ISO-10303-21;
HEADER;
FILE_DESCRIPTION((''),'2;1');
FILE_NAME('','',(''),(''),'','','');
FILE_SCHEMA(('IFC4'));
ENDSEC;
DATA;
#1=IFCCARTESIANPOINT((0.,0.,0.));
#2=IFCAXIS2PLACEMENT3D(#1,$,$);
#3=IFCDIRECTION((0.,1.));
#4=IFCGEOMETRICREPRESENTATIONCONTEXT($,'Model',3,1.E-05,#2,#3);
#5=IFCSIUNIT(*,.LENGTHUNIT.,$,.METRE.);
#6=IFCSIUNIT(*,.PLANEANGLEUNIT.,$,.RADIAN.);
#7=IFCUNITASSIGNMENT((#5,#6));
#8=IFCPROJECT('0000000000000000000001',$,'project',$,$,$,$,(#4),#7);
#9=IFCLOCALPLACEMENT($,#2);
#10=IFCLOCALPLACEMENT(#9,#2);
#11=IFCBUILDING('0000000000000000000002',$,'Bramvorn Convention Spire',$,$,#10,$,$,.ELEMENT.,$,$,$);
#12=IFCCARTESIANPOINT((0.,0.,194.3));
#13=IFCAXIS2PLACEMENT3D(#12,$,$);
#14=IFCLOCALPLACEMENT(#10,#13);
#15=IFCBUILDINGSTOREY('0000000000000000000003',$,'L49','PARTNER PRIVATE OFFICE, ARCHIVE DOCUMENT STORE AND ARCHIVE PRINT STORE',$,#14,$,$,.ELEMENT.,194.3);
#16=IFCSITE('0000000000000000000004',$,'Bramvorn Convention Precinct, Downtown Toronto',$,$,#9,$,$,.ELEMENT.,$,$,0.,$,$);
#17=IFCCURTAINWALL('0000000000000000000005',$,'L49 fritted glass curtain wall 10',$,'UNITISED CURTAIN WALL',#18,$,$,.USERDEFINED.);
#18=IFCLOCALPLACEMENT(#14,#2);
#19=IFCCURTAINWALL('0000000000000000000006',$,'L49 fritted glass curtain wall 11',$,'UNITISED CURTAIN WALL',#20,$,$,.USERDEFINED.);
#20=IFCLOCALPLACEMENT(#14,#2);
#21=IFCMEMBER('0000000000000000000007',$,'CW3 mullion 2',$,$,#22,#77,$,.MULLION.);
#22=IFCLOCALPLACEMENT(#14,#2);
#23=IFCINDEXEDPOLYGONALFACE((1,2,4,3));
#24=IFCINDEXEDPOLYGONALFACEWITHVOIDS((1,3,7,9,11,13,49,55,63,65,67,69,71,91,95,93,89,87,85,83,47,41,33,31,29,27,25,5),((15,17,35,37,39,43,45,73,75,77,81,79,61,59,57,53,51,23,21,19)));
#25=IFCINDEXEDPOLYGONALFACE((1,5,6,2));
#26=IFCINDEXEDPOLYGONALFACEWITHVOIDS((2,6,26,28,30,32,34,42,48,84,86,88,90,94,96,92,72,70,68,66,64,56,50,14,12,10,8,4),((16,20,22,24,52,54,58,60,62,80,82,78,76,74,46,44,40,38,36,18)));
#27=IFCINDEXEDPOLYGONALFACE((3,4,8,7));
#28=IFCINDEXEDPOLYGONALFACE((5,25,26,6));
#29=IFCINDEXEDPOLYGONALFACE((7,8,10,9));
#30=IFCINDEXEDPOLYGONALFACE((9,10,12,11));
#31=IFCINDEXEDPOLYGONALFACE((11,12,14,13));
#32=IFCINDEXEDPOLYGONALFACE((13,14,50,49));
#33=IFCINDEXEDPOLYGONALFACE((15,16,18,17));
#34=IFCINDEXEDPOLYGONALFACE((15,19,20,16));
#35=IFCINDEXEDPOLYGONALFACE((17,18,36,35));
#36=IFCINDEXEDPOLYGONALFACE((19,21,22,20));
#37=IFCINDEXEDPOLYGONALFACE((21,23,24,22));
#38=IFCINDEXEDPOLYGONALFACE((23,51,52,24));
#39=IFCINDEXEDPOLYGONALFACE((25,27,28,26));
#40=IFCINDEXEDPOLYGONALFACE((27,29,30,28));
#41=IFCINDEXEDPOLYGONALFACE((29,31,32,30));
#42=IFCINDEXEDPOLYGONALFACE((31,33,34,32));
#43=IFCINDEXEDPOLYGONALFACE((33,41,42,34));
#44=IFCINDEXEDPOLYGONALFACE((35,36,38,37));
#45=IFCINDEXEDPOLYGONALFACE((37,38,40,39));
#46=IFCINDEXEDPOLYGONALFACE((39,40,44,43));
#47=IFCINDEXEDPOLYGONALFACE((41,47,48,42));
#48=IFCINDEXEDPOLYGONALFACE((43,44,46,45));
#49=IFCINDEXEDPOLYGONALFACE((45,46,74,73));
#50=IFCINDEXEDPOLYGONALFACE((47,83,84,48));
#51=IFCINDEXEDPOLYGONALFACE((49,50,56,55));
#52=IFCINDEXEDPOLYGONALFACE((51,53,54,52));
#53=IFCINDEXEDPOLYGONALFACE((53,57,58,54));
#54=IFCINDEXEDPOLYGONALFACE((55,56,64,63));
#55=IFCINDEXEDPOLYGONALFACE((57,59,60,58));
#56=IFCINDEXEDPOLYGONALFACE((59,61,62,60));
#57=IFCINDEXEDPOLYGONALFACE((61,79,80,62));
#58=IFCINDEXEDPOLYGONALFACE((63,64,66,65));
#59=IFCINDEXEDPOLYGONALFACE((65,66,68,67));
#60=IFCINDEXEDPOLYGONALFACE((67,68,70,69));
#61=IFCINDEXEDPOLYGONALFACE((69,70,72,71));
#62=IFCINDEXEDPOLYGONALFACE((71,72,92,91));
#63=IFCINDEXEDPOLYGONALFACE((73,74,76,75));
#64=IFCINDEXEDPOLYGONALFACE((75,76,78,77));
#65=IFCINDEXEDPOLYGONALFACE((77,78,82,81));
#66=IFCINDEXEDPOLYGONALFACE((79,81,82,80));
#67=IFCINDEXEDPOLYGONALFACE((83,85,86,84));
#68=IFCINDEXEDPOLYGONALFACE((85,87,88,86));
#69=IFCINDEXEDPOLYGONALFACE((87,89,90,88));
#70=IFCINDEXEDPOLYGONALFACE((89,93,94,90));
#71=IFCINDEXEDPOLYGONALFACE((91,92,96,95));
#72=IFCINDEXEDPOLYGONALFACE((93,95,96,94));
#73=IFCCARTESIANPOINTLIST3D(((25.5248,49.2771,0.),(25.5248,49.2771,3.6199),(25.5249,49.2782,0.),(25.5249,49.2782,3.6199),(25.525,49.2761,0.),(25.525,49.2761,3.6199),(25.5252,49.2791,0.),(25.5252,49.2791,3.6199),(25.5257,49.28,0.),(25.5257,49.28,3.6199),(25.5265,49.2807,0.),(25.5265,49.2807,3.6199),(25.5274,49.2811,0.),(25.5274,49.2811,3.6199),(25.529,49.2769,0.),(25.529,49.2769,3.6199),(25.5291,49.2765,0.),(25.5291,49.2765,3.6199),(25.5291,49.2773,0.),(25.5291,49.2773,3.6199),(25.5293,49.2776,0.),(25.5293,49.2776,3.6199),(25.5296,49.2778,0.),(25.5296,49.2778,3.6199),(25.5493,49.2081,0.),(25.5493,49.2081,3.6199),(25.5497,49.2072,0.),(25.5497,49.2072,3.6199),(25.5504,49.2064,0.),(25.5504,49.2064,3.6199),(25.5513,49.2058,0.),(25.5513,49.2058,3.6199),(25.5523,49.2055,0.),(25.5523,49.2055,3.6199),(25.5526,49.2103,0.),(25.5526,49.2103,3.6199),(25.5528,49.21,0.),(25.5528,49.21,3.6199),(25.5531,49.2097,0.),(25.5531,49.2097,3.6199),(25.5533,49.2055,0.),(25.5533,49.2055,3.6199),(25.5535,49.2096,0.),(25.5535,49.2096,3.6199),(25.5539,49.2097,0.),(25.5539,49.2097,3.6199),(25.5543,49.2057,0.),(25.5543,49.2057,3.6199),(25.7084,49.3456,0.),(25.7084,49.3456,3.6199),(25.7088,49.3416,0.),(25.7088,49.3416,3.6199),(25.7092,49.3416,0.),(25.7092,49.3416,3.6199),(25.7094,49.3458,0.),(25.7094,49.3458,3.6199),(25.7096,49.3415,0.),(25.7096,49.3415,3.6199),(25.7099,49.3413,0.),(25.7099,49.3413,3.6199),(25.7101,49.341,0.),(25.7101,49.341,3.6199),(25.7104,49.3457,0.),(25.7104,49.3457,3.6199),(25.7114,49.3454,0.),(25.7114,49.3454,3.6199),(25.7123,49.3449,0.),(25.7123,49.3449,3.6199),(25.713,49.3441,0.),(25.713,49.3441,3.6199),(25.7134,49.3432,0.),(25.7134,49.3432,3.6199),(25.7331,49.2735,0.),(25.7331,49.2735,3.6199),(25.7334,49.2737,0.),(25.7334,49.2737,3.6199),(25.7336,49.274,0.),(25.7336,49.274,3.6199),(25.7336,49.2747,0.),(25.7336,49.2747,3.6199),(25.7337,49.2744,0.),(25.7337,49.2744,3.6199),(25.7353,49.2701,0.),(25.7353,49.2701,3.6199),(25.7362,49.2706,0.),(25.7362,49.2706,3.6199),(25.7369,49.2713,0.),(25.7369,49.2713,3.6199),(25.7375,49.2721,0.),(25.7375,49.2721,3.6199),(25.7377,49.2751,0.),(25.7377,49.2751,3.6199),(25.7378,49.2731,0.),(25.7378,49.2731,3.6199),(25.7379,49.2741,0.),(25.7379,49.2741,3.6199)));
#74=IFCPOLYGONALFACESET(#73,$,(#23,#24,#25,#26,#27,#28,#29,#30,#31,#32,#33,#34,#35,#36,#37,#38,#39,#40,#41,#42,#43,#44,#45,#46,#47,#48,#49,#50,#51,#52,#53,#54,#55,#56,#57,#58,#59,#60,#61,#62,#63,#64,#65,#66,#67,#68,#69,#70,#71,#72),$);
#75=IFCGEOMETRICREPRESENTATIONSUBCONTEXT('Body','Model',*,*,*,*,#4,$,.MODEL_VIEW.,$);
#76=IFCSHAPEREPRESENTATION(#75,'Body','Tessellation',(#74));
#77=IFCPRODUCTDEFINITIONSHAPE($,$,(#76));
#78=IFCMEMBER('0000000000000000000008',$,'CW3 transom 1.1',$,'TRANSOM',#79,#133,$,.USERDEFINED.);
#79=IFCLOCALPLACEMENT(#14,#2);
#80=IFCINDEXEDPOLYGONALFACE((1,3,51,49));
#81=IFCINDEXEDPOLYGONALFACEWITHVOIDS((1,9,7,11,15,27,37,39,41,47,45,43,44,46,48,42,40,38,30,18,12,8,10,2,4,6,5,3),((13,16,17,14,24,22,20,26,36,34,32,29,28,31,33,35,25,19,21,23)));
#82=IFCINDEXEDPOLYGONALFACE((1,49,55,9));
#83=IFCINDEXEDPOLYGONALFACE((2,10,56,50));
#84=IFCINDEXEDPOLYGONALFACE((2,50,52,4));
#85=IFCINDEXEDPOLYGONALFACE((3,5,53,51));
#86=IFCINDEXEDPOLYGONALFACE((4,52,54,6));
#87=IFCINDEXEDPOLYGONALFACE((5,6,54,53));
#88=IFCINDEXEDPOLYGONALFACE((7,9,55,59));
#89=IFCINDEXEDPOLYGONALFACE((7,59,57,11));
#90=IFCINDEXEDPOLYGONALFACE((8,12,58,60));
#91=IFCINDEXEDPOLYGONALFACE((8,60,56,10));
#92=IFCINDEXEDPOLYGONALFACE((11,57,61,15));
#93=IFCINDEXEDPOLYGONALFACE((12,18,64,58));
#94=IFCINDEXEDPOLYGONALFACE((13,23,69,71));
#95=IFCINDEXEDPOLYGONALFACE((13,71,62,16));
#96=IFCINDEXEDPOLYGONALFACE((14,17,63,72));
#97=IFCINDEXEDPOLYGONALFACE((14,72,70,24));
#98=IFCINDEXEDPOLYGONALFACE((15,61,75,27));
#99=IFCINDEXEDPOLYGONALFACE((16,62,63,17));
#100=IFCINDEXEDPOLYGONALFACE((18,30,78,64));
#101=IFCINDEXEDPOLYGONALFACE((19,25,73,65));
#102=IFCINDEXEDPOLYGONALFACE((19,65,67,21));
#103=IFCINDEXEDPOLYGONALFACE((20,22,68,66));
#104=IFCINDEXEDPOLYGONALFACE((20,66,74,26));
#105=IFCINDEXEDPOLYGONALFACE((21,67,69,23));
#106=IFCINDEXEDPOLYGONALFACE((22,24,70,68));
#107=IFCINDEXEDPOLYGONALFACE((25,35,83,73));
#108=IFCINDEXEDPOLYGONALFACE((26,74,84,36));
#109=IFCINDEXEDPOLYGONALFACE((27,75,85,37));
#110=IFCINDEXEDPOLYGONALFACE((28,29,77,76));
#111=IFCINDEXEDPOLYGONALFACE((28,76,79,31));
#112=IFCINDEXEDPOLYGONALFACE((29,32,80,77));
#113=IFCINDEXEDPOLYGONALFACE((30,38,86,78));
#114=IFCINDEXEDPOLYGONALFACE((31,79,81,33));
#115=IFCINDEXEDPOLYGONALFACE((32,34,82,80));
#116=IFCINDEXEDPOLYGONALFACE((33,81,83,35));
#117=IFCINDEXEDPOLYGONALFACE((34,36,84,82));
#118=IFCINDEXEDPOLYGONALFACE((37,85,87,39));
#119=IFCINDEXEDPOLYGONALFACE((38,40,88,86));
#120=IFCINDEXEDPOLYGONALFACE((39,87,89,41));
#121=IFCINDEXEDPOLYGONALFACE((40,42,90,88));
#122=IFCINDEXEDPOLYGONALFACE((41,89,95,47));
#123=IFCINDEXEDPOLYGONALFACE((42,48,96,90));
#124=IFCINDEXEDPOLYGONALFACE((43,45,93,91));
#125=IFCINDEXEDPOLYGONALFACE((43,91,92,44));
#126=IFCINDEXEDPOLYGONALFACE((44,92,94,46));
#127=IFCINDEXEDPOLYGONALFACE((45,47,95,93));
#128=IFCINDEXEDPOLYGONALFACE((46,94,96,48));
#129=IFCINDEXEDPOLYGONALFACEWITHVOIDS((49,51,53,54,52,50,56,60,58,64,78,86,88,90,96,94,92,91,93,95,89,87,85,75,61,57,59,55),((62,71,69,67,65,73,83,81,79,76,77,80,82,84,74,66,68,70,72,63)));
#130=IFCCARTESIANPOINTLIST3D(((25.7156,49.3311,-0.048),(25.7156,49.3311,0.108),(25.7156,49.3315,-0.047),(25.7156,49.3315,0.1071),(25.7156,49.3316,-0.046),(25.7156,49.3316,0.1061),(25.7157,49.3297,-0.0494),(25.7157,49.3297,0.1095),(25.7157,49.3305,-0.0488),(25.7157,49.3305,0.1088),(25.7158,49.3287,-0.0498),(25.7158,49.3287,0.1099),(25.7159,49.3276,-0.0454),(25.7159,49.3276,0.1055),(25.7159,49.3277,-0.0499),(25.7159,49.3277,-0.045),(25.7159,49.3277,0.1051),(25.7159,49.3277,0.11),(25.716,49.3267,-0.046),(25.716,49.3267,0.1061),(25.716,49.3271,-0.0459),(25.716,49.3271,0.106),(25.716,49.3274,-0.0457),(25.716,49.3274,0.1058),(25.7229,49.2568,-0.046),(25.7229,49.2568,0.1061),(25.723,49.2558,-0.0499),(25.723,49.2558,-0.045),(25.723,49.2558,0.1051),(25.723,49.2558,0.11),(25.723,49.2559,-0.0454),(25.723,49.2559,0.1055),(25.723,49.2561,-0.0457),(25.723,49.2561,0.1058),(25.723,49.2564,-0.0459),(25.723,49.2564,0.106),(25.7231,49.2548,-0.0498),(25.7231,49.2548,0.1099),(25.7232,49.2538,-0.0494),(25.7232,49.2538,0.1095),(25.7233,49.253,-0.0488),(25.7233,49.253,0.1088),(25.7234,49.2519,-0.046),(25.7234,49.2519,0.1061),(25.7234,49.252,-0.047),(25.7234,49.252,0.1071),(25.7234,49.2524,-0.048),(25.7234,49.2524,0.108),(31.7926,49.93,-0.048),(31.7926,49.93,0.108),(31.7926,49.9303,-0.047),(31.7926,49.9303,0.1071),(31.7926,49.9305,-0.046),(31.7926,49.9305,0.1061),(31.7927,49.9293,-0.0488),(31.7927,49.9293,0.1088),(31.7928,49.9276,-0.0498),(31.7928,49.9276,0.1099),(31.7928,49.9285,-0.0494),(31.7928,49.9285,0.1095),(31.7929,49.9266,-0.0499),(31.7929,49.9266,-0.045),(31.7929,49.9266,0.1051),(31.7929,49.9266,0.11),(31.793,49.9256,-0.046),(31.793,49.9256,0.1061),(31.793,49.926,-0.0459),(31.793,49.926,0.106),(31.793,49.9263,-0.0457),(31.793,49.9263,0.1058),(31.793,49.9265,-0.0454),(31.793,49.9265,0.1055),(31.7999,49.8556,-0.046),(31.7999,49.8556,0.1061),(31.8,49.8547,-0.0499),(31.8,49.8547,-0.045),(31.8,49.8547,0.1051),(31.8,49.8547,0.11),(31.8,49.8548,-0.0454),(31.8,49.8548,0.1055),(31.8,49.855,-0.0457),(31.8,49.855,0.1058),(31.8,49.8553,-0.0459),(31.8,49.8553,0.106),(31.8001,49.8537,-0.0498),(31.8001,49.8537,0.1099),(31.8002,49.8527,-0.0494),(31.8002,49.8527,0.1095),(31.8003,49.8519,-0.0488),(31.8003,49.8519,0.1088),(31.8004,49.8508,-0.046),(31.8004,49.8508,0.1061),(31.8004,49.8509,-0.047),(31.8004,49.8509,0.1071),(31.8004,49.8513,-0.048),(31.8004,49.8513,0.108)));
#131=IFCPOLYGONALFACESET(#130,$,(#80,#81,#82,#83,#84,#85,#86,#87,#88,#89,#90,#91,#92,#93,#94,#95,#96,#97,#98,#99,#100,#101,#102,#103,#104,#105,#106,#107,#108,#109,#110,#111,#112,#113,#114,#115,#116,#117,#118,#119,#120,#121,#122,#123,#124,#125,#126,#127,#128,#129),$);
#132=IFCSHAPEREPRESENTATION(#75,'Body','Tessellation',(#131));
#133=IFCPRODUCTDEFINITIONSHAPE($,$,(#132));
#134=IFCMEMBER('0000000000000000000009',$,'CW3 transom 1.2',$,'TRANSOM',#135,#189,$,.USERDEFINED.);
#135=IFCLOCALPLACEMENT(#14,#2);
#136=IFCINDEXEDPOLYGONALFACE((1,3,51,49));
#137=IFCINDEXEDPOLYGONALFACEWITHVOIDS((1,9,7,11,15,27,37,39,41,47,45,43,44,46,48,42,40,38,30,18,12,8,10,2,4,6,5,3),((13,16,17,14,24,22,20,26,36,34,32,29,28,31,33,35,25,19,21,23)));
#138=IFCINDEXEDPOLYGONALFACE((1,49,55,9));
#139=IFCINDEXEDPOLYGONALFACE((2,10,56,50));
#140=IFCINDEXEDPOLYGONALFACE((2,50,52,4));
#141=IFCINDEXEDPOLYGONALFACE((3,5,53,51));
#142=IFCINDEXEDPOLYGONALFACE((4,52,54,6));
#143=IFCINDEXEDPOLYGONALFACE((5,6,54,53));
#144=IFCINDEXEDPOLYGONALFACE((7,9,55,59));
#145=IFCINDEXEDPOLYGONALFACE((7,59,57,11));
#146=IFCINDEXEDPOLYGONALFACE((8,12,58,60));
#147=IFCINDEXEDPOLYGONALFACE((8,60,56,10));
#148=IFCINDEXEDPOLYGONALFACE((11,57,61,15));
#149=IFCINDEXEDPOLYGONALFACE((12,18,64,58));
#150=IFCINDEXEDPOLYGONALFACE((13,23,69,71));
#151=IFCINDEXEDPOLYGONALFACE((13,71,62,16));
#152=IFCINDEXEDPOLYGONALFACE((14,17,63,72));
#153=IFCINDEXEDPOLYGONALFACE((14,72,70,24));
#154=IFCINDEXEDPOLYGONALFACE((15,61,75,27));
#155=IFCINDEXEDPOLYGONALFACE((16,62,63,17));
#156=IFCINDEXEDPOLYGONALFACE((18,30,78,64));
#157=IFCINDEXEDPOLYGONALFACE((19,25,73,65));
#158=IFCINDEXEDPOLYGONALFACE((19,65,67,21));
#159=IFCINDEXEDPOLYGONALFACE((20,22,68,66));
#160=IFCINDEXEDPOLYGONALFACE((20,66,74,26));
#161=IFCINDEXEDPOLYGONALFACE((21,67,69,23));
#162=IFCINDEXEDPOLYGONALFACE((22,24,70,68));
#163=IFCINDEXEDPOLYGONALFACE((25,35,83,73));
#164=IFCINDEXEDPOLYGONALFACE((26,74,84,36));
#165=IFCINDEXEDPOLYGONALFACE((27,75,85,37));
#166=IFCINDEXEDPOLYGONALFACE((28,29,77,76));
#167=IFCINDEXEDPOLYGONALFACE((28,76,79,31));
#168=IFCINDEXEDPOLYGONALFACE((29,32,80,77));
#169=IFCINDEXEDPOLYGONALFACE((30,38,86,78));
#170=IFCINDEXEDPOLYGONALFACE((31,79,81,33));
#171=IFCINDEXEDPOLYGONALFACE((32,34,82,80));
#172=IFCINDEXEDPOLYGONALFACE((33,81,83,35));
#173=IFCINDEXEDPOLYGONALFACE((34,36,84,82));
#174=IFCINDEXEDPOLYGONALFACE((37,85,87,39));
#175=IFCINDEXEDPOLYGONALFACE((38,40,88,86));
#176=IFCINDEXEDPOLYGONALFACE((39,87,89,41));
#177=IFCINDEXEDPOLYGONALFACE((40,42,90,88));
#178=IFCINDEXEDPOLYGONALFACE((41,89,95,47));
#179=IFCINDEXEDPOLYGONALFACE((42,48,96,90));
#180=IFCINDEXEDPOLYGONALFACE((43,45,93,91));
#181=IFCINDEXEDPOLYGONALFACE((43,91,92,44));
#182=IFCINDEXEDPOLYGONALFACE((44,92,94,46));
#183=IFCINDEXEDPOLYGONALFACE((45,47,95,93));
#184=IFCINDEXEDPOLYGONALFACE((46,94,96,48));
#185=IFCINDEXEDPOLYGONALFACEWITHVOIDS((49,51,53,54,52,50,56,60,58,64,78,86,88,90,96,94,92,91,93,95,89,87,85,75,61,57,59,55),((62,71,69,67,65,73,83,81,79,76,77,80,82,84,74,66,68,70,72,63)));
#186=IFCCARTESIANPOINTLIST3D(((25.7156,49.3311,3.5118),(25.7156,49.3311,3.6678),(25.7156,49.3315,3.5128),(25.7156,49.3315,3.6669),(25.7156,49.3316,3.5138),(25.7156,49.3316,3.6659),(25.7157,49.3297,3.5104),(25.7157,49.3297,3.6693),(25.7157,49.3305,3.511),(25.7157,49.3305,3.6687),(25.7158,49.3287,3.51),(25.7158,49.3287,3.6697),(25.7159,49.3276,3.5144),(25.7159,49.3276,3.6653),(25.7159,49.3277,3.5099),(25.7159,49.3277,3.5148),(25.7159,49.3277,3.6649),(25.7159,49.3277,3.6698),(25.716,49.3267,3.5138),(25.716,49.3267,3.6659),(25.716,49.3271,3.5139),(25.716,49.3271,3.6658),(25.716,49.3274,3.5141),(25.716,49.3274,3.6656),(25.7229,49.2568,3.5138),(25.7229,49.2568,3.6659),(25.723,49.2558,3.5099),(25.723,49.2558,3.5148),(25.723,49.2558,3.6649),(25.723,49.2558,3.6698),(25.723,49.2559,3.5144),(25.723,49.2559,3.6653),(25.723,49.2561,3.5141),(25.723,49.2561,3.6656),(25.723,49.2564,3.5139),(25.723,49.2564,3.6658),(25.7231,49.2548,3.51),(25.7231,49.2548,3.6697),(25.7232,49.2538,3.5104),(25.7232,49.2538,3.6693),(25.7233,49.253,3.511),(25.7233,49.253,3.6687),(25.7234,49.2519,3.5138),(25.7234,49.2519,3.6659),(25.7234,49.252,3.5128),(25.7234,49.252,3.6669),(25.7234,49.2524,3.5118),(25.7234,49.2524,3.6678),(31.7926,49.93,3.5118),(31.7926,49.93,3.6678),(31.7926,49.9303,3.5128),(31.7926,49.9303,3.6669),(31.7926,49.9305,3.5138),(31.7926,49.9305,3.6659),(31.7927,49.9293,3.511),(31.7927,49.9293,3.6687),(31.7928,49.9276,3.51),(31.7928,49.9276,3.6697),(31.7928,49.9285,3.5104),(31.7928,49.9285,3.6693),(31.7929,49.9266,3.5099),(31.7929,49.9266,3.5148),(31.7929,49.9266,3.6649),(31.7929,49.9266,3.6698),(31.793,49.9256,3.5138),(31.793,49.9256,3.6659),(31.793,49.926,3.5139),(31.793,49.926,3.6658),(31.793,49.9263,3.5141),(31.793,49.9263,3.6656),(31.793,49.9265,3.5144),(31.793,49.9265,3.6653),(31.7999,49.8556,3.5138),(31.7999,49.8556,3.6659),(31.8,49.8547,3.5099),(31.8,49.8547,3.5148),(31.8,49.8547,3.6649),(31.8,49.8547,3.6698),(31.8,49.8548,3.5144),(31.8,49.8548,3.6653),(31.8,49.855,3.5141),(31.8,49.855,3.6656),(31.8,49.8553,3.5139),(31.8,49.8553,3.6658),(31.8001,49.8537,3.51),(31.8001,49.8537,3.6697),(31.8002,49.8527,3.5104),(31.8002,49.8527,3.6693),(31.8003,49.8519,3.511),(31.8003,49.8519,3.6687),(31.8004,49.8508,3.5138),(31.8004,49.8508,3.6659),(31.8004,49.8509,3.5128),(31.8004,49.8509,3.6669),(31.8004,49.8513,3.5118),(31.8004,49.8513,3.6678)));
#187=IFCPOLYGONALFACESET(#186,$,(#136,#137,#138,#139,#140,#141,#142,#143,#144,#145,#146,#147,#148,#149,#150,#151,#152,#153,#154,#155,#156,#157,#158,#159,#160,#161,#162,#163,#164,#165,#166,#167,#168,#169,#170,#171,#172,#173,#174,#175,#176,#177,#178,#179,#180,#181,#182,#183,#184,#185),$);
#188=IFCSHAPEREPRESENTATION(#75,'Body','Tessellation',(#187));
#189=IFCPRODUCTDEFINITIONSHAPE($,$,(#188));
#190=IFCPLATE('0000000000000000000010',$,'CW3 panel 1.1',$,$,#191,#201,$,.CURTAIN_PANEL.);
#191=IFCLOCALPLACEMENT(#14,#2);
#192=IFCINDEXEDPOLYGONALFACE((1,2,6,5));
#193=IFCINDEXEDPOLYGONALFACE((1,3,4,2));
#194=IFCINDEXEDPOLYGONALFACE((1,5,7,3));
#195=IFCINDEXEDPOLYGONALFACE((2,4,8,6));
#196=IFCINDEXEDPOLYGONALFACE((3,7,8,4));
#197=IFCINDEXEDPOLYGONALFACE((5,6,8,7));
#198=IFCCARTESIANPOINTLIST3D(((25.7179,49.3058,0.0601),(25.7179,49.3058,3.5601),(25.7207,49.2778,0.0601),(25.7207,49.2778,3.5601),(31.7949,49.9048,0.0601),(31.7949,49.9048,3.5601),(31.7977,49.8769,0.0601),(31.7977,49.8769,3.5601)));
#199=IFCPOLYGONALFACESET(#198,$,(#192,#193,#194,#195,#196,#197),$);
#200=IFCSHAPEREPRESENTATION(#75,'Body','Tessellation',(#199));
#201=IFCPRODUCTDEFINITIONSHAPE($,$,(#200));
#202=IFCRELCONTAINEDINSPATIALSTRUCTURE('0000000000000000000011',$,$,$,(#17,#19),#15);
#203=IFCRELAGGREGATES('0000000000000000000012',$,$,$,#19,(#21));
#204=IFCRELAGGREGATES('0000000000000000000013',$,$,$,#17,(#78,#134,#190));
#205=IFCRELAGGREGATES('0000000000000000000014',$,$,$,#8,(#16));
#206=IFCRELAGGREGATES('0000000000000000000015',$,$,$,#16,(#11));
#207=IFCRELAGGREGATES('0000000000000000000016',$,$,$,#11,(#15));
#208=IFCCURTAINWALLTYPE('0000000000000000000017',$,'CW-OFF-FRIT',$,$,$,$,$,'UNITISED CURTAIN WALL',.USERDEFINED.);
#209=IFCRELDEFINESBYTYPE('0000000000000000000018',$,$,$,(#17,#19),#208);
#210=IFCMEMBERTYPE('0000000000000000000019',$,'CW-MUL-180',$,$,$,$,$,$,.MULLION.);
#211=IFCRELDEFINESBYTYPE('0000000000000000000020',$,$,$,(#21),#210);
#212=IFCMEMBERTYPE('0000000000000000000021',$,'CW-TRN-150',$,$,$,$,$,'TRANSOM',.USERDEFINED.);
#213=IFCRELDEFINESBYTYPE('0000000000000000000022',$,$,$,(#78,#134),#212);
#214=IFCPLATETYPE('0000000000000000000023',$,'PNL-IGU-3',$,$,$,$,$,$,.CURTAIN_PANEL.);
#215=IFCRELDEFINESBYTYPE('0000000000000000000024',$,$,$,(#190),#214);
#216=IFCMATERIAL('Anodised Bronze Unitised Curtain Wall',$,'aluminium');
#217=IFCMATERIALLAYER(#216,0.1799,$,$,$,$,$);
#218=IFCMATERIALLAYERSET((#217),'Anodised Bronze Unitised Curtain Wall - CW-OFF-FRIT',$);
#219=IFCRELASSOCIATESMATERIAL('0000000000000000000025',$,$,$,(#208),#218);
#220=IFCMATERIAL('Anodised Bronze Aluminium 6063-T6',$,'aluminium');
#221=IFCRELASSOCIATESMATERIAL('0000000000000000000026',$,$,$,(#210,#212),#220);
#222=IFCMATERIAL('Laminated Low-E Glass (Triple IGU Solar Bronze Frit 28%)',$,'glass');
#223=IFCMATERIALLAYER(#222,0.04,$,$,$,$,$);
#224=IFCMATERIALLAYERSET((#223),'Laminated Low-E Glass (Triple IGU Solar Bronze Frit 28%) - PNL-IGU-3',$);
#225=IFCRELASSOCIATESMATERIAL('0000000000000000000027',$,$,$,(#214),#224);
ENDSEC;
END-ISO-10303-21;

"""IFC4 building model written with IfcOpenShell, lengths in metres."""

from ifc_helpers import new_model, si_unit, direction, frame, origin, origin_2d, place, context, subcontext, project, spatial, rectangle, hollow_rectangle, extrude, material, layer, layer_set, material_profile, profile_set, type_object, element, aggregate, save


model = new_model("IFC4")

# Units and contexts
model_context = context("Model", 3, precision=1e-05, world=origin(), true_north=direction((0.0, 1.0)))
body_context = subcontext(model_context, "Body", "Model", "MODEL_VIEW")
ifc_project = project(units=[si_unit("LENGTHUNIT", "METRE"), si_unit("PLANEANGLEUNIT", "RADIAN")], contexts=[model_context])

# Site, building, storey
site_placement = place(None, origin())
site = spatial("IfcSite", under=ifc_project, at=site_placement, Name="Bramvorn Convention Precinct, Downtown Toronto", CompositionType="ELEMENT", RefElevation=0.0)
building_placement = place(site_placement, origin())
building = spatial("IfcBuilding", under=site, at=building_placement, Name="Bramvorn Convention Spire", CompositionType="ELEMENT")
storey_placement = place(building_placement, frame((0.0, 0.0, 194.3)))
storey = spatial("IfcBuildingStorey", under=building, at=storey_placement, Name="L49", Description="PARTNER PRIVATE OFFICE, ARCHIVE DOCUMENT STORE AND ARCHIVE PRINT STORE", CompositionType="ELEMENT", Elevation=194.3)

# Curtain wall
ifc_material_1 = material(Name="Anodised Bronze Unitised Curtain Wall", Category="aluminium")
ifc_layer_1 = layer(ifc_material_1, 0.1799)
ifc_layer_set_1 = layer_set([ifc_layer_1], Name="Anodised Bronze Unitised Curtain Wall - CW-OFF-FRIT")
curtain_wall_type = type_object("IfcCurtainWallType", Name="CW-OFF-FRIT", ElementType="UNITISED CURTAIN WALL", PredefinedType="USERDEFINED", material=ifc_layer_set_1)
curtain_wall_1_placement = place(storey_placement, origin())
curtain_wall_1 = element("IfcCurtainWall", 1, at=curtain_wall_1_placement, inside=storey, type_object=curtain_wall_type, Name="L49 fritted glass curtain wall 10", ObjectType="UNITISED CURTAIN WALL", PredefinedType="USERDEFINED")
ifc_material_2 = material(Name="Anodised Bronze Aluminium 6063-T6", Category="aluminium")
ifc_material_profile_1 = material_profile(ifc_material_2, hollow_rectangle(XDim=0.0801, YDim=0.2, WallThickness=0.0039, InnerFilletRadius=0.001, OuterFilletRadius=0.0039, at=origin_2d()))
ifc_profile_set_1 = profile_set([ifc_material_profile_1], Name="Anodised Bronze Aluminium 6063-T6 - CWM80X200")
member_type_1 = type_object("IfcMemberType", Name="CW-MUL-180", PredefinedType="MULLION", material=ifc_profile_set_1)

# Curtain wall, member
curtain_wall_2_placement = place(storey_placement, origin())
curtain_wall_2 = element("IfcCurtainWall", 2, at=curtain_wall_2_placement, inside=storey, type_object=curtain_wall_type, Name="L49 fritted glass curtain wall 11", ObjectType="UNITISED CURTAIN WALL", PredefinedType="USERDEFINED")
member_1_placement = place(storey_placement, frame((25.6313, 49.2756, 0.0), z_axis=(0.0, 0.0, 1.0), x_axis=(-0.335378, 0.942084, 0.0)))
member_1 = element("IfcMember", 3, at=member_1_placement, type_object=member_type_1, Name="CW3 mullion 2", PredefinedType="MULLION", context=body_context, shape_type="SweptSolid", body=[
    extrude(hollow_rectangle(XDim=0.0801, YDim=0.2, WallThickness=0.0039, InnerFilletRadius=0.001, OuterFilletRadius=0.0039, at=origin_2d()), origin(), (0.0, 0.0, 1.0), 3.6199),
])
aggregate(curtain_wall_2, [member_1])

# Members
ifc_material_profile_2 = material_profile(ifc_material_2, hollow_rectangle(XDim=0.0801, YDim=0.1599, WallThickness=0.0039, InnerFilletRadius=0.001, OuterFilletRadius=0.0039, at=origin_2d()))
ifc_profile_set_2 = profile_set([ifc_material_profile_2], Name="Anodised Bronze Aluminium 6063-T6 - CWT80X160")
member_type_2 = type_object("IfcMemberType", Name="CW-TRN-150", ElementType="TRANSOM", PredefinedType="USERDEFINED", material=ifc_profile_set_2)
member_2_placement = place(storey_placement, frame((25.7195, 49.2917, 0.03), z_axis=(0.995179, 0.098075, 0.0), x_axis=(-0.098075, 0.995179, 0.0)))
member_2 = element("IfcMember", 4, at=member_2_placement, type_object=member_type_2, Name="CW3 transom 1.1", ObjectType="TRANSOM", PredefinedType="USERDEFINED", context=body_context, shape_type="SweptSolid", body=[
    extrude(hollow_rectangle(XDim=0.0801, YDim=0.1599, WallThickness=0.0039, InnerFilletRadius=0.001, OuterFilletRadius=0.0039, at=origin_2d()), origin(), (0.0, 0.0, 1.0), 6.1064),
])
member_3_placement = place(storey_placement, frame((25.7195, 49.2917, 3.5898), z_axis=(0.995179, 0.098075, 0.0), x_axis=(-0.098075, 0.995179, 0.0)))
member_3 = element("IfcMember", 5, at=member_3_placement, type_object=member_type_2, Name="CW3 transom 1.2", ObjectType="TRANSOM", PredefinedType="USERDEFINED", context=body_context, shape_type="SweptSolid", body=[
    extrude(hollow_rectangle(XDim=0.0801, YDim=0.1599, WallThickness=0.0039, InnerFilletRadius=0.001, OuterFilletRadius=0.0039, at=origin_2d()), origin(), (0.0, 0.0, 1.0), 6.1064),
])

# Plate
ifc_material_3 = material(Name="Laminated Low-E Glass (Triple IGU Solar Bronze Frit 28%)", Category="glass")
ifc_layer_2 = layer(ifc_material_3, 0.04)
ifc_layer_set_2 = layer_set([ifc_layer_2], Name="Laminated Low-E Glass (Triple IGU Solar Bronze Frit 28%) - PNL-IGU-3")
plate_type = type_object("IfcPlateType", Name="PNL-IGU-3", PredefinedType="CURTAIN_PANEL", material=ifc_layer_set_2)
plate_placement = place(storey_placement, frame((28.7578, 49.5913, 0.0601), z_axis=(0.0, 0.0, 1.0), x_axis=(0.995177, 0.098099, 0.0)))
plate = element("IfcPlate", 6, at=plate_placement, type_object=plate_type, Name="CW3 panel 1.1", PredefinedType="CURTAIN_PANEL", context=body_context, shape_type="SweptSolid", body=[
    extrude(rectangle(XDim=6.1064, YDim=0.0281, at=origin_2d()), origin(), (0.0, 0.0, 1.0), 3.5),
])
aggregate(curtain_wall_1, [member_2, member_3, plate])

save(model, "model.ifc")
